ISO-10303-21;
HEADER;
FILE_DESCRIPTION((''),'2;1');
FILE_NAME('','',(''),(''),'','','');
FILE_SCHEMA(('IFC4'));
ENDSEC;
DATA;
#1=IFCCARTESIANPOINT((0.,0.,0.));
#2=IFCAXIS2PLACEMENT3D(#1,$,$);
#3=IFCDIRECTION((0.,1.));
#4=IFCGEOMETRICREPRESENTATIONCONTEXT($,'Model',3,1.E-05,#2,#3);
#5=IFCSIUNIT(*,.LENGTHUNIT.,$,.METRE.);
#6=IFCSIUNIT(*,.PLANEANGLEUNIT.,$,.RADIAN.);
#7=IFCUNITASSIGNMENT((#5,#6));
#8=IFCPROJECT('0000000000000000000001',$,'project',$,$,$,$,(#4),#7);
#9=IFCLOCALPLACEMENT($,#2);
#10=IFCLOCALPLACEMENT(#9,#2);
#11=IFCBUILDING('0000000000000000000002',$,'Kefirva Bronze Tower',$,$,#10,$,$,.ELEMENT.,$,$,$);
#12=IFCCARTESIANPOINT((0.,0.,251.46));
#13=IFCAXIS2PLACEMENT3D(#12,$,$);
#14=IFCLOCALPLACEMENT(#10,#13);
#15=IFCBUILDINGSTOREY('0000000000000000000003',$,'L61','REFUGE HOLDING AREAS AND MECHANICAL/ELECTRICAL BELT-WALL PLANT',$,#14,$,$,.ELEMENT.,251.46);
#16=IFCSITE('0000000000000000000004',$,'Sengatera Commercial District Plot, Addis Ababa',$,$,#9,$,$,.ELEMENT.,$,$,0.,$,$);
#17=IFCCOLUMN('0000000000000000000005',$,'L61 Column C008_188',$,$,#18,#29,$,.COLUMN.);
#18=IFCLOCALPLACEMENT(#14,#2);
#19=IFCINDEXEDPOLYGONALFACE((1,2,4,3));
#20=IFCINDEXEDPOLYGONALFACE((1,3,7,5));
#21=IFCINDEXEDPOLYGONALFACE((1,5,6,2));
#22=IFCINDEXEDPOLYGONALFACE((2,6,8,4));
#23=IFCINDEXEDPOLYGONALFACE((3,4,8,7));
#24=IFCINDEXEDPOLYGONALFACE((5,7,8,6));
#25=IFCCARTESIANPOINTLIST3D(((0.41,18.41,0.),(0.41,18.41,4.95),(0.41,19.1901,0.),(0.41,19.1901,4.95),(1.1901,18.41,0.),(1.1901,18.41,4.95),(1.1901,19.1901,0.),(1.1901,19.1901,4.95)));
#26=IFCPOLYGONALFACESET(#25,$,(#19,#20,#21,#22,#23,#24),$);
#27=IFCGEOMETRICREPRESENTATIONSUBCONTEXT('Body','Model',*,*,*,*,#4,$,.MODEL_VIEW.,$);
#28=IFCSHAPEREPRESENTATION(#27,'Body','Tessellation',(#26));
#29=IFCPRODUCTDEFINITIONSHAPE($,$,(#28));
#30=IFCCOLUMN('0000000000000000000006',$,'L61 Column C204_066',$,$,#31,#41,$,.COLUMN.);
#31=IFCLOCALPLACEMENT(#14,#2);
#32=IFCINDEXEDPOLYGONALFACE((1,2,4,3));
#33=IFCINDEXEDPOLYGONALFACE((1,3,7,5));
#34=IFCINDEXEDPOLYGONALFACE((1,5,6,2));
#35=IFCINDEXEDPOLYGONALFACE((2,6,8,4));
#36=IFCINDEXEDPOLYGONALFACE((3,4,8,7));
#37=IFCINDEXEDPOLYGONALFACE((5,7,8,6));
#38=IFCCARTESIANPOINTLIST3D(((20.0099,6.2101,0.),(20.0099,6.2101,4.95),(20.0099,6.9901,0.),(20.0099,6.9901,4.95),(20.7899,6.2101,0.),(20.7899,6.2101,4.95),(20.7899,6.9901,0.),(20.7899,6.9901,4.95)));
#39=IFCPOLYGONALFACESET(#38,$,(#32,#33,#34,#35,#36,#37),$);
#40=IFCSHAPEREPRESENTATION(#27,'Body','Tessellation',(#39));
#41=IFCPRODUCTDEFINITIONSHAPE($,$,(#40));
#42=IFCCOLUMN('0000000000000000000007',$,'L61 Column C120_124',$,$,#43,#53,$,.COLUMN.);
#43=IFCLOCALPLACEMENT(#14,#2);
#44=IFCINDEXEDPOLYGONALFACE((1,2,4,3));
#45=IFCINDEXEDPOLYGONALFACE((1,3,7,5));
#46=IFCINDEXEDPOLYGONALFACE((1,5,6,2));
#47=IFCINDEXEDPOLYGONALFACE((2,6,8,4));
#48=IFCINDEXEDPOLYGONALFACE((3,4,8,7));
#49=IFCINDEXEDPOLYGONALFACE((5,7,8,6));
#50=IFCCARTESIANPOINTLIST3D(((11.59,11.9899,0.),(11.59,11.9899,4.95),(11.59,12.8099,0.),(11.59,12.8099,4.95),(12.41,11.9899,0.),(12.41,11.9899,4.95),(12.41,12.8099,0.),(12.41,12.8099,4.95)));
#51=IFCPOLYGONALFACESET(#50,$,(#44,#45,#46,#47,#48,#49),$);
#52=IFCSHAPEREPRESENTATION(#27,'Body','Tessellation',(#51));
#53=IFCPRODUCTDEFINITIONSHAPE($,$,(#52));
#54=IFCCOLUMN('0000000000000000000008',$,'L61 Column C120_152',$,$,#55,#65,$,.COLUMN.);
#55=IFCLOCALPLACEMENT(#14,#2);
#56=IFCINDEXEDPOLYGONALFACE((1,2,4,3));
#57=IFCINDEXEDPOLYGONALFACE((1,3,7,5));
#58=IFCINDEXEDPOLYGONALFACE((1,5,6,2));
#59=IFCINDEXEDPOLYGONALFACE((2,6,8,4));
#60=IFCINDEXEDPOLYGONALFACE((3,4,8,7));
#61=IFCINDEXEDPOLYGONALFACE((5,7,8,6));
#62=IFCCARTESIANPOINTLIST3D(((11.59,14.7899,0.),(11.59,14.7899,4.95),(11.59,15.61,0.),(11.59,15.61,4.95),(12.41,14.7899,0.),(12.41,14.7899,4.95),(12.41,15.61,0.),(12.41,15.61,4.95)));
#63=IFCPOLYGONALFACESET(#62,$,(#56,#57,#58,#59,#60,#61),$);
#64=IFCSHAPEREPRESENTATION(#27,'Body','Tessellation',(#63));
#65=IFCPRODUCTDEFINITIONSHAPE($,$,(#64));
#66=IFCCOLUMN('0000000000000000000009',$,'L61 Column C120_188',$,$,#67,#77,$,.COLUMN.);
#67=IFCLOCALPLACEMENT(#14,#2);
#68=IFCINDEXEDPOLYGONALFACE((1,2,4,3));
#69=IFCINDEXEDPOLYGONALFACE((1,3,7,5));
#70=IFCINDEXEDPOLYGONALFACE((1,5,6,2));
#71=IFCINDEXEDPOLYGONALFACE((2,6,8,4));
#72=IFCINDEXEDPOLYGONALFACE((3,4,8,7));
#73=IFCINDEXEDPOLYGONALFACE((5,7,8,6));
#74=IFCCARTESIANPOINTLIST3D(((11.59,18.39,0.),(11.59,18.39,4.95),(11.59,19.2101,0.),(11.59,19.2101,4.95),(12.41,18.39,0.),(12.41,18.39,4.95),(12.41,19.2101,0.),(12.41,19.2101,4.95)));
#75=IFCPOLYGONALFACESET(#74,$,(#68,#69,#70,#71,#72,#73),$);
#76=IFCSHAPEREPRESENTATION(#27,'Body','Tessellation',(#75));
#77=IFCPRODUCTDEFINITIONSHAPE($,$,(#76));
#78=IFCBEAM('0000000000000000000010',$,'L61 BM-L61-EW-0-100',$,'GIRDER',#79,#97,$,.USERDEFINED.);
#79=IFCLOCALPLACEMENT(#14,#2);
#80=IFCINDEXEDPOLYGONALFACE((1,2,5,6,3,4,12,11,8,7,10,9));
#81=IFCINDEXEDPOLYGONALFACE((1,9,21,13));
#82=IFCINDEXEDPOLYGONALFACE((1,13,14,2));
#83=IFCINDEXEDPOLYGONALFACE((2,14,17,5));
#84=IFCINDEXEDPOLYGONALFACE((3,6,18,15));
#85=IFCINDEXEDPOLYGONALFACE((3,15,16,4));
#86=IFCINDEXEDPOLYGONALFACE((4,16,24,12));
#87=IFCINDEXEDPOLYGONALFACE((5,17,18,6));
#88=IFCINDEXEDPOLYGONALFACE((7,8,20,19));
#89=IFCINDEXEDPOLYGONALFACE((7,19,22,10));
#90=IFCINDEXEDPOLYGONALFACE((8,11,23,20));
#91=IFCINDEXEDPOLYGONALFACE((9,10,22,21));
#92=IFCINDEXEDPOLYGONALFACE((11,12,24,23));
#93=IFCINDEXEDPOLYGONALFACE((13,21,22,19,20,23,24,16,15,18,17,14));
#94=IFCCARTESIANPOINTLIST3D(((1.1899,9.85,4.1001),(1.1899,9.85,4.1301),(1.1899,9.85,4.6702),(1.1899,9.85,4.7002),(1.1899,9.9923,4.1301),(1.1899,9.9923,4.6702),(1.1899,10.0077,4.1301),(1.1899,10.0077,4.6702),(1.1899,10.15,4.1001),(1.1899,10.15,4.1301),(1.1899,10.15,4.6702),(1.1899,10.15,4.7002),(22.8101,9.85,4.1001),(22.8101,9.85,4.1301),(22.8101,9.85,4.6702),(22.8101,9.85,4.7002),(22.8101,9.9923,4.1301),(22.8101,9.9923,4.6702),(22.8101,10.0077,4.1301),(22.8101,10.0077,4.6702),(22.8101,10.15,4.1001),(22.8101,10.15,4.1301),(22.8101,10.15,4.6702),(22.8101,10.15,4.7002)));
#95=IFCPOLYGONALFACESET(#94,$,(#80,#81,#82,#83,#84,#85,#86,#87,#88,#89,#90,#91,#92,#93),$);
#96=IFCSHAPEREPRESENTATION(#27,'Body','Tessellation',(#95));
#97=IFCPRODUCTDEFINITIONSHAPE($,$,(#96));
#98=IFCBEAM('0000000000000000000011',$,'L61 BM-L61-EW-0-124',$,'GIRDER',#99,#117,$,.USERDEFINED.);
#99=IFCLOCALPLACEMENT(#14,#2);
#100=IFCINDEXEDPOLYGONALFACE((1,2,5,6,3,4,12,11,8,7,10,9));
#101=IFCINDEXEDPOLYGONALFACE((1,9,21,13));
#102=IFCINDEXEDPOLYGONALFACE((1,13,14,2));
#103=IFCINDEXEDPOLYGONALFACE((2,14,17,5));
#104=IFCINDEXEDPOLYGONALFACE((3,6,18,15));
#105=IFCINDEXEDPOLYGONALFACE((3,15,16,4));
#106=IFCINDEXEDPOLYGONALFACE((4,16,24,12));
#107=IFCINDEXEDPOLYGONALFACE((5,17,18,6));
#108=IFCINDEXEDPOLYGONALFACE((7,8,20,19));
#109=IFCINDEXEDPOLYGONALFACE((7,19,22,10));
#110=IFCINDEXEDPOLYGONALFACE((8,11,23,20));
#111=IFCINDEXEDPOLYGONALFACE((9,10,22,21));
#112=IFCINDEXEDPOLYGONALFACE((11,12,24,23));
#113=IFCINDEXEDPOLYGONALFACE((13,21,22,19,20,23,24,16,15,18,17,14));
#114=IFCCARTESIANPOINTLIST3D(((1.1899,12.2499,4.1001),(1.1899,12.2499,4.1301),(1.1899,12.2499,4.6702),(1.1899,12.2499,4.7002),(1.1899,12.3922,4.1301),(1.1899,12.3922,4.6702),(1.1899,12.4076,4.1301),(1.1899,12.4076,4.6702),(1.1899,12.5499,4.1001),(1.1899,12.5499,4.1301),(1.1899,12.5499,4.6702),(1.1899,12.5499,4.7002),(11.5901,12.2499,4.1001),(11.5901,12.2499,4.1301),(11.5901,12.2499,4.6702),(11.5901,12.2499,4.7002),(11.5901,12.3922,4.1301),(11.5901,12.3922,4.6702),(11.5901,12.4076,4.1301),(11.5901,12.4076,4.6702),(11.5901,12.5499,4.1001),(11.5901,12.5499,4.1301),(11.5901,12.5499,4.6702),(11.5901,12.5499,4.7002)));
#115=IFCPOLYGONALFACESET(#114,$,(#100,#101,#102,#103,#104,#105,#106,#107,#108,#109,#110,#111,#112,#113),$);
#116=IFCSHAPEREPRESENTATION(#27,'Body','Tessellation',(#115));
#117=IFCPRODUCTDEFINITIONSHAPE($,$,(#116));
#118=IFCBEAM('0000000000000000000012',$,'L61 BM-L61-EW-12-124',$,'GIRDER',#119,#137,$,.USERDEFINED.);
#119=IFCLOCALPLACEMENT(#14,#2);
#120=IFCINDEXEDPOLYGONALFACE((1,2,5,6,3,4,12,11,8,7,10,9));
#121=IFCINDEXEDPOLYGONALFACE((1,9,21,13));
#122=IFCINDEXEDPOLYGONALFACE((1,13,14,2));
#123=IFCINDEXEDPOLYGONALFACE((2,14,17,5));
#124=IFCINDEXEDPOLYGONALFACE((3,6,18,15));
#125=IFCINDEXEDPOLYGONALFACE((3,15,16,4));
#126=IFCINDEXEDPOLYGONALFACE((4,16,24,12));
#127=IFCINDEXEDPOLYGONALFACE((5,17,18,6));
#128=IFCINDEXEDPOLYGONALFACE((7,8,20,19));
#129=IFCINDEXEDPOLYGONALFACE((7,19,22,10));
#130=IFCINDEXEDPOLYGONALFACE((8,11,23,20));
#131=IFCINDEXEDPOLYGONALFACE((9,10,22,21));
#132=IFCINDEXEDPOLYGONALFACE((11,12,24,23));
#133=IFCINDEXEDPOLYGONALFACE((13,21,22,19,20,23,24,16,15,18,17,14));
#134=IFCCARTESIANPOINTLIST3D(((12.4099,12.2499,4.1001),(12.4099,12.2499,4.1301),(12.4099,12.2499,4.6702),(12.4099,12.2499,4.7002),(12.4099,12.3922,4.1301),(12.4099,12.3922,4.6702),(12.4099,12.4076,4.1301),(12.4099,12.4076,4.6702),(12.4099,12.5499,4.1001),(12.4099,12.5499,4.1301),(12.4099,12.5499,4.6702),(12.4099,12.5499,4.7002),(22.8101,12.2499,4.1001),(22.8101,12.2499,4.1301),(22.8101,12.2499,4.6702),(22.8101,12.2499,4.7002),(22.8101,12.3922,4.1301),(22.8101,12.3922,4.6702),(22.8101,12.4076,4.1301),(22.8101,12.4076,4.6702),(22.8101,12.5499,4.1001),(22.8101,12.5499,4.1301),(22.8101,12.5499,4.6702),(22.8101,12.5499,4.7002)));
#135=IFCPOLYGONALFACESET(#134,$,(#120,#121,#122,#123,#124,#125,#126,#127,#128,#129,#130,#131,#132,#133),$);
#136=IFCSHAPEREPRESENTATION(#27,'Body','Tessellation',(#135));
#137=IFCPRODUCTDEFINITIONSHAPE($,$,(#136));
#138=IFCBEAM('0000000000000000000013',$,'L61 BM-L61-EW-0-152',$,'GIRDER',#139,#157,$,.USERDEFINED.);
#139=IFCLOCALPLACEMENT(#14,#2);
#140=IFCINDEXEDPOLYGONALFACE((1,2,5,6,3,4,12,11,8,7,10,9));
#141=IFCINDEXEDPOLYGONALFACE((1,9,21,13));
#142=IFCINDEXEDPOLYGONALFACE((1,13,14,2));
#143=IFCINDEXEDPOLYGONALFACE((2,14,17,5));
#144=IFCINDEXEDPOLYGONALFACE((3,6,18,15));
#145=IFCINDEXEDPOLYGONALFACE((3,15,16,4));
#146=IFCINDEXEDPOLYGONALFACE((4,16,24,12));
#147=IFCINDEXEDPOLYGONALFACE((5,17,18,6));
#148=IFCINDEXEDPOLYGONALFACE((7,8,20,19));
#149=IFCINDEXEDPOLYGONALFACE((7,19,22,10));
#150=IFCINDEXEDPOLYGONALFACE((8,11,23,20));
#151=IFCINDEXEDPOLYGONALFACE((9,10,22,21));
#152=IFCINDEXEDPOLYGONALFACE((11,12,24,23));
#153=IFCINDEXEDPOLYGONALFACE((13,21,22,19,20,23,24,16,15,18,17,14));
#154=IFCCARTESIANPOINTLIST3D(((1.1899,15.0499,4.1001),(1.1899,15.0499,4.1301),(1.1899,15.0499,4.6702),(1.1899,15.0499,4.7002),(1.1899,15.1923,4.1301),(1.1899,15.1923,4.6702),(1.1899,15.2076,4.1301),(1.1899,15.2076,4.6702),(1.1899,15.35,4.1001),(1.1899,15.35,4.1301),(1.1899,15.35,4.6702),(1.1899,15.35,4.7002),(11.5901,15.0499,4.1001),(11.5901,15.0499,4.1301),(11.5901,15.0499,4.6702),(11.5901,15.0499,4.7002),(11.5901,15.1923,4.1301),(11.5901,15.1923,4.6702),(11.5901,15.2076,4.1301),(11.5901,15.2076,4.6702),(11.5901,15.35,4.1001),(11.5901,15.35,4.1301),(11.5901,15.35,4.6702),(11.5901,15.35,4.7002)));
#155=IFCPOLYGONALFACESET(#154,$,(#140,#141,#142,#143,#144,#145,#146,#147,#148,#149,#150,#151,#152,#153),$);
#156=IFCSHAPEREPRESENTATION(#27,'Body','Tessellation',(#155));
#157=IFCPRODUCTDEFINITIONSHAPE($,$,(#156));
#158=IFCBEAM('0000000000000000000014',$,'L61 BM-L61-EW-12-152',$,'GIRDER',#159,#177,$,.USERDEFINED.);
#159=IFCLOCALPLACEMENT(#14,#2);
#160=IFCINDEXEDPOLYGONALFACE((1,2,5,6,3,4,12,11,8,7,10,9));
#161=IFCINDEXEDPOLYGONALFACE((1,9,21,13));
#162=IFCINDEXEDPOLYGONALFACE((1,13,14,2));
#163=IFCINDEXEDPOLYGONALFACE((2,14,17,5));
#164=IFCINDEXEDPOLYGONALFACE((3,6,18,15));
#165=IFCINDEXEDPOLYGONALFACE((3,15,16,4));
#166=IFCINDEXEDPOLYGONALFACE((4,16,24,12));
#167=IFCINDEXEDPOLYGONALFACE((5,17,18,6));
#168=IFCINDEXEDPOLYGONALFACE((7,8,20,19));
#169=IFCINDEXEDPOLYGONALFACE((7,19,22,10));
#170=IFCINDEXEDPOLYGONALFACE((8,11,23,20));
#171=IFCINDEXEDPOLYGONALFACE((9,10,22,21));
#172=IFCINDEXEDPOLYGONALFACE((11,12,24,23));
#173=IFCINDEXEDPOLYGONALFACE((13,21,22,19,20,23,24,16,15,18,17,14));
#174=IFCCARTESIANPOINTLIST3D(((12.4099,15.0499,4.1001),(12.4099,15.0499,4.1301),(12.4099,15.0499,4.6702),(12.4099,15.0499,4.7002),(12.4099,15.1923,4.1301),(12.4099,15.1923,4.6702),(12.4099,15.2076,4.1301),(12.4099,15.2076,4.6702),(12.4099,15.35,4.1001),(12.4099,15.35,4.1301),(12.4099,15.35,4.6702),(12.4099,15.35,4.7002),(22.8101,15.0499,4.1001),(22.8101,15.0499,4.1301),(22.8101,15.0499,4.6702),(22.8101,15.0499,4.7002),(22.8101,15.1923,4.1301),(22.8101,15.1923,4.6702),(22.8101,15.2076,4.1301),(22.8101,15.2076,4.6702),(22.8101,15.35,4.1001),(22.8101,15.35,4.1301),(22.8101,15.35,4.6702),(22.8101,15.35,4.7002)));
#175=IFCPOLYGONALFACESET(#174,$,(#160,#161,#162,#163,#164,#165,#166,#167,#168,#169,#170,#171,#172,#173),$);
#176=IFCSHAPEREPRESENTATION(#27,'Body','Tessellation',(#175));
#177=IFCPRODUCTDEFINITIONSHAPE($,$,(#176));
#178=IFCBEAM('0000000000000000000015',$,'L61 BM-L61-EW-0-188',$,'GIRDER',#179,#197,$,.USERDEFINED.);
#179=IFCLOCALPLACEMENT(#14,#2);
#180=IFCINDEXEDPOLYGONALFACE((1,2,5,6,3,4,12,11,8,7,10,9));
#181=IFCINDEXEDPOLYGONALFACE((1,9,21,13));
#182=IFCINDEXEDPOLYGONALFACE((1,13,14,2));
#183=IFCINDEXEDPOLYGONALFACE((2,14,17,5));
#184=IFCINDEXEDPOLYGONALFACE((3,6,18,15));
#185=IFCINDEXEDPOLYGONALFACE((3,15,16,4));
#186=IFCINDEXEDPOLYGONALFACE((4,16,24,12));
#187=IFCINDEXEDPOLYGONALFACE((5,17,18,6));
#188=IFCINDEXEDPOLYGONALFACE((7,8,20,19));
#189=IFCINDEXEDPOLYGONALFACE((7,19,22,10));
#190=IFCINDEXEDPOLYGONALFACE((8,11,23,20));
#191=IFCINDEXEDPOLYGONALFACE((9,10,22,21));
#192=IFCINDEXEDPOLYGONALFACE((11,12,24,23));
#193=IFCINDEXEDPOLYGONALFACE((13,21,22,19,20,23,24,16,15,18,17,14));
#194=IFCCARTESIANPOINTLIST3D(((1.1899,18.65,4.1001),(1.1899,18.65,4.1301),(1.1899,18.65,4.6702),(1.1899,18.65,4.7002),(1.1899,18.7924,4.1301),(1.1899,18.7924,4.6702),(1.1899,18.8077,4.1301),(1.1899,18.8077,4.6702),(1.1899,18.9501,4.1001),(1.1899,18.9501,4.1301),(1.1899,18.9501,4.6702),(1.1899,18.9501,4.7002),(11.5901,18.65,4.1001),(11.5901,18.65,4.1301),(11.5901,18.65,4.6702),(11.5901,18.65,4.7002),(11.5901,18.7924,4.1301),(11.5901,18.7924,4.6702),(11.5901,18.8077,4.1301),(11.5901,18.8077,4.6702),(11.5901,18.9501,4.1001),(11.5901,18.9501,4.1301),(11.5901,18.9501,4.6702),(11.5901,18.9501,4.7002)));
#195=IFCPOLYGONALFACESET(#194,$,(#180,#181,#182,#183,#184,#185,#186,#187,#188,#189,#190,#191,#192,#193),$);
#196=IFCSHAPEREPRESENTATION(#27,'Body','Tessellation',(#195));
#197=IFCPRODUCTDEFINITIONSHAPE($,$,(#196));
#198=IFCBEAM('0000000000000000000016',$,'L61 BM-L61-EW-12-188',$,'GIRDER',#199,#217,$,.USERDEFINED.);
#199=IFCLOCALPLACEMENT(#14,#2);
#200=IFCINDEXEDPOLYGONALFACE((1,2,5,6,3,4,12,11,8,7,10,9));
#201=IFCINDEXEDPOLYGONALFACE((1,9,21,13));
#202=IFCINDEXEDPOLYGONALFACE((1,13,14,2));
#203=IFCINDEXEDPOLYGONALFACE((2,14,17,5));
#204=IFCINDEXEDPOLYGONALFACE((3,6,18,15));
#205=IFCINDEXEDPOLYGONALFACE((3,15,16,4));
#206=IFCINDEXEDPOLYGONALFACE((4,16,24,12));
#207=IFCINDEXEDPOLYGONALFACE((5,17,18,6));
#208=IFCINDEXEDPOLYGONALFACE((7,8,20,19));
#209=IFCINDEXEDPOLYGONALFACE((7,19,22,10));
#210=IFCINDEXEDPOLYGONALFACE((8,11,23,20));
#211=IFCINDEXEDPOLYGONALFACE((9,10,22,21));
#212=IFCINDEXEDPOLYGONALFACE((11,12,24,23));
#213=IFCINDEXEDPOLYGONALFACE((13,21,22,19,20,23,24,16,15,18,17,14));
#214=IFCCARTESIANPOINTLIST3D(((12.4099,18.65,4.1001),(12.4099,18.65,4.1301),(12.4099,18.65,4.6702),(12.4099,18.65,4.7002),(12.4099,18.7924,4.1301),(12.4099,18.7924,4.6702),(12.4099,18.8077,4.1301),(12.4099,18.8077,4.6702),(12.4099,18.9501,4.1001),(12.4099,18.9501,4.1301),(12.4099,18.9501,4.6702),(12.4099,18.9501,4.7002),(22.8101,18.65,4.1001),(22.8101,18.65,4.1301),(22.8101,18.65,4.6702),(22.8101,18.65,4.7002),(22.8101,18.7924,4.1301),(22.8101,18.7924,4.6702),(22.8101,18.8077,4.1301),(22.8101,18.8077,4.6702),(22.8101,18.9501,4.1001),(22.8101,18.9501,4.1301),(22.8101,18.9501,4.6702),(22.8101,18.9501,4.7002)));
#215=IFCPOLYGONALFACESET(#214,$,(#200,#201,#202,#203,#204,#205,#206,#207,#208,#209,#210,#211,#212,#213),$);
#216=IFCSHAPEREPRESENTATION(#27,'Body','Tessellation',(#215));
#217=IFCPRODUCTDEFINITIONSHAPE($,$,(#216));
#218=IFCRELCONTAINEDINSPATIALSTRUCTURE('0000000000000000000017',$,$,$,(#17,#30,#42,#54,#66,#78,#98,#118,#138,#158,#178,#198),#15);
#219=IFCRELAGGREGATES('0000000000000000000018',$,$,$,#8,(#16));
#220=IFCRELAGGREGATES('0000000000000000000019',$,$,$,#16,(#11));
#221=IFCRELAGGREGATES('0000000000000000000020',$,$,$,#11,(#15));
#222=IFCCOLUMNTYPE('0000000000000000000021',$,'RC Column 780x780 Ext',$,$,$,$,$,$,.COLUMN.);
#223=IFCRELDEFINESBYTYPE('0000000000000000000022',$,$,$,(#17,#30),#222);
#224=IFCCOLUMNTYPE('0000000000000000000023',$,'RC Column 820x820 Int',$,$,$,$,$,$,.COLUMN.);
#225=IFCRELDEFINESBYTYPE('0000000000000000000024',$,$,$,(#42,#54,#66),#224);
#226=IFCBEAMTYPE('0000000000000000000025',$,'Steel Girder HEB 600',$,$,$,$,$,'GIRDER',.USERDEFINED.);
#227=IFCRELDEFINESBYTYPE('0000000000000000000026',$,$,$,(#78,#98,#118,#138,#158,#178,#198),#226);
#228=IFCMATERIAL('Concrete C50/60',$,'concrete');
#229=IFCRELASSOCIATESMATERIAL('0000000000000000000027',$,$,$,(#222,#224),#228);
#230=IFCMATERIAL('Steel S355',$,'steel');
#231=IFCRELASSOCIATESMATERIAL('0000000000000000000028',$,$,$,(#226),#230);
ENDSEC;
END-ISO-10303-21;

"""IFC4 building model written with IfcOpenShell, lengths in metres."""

from ifc_helpers import new_model, si_unit, direction, frame, origin, origin_2d, place, context, subcontext, project, spatial, rectangle, i_section, extrude, material, material_profile, profile_set, type_object, element, save


model = new_model("IFC4")

# Units and contexts
model_context = context("Model", 3, precision=1e-05, world=origin(), true_north=direction((0.0, 1.0)))
body_context = subcontext(model_context, "Body", "Model", "MODEL_VIEW")
ifc_project = project(units=[si_unit("LENGTHUNIT", "METRE"), si_unit("PLANEANGLEUNIT", "RADIAN")], contexts=[model_context])

# Site, building, storey
site_placement = place(None, origin())
site = spatial("IfcSite", under=ifc_project, at=site_placement, Name="Sengatera Commercial District Plot, Addis Ababa", CompositionType="ELEMENT", RefElevation=0.0)
building_placement = place(site_placement, origin())
building = spatial("IfcBuilding", under=site, at=building_placement, Name="Kefirva Bronze Tower", CompositionType="ELEMENT")
storey_placement = place(building_placement, frame((0.0, 0.0, 251.46)))
storey = spatial("IfcBuildingStorey", under=building, at=storey_placement, Name="L61", Description="REFUGE HOLDING AREAS AND MECHANICAL/ELECTRICAL BELT-WALL PLANT", CompositionType="ELEMENT", Elevation=251.46)

# Columns
ifc_material_1 = material(Name="Concrete C50/60", Category="concrete")
ifc_material_profile_1 = material_profile(ifc_material_1, rectangle(XDim=0.78, YDim=0.78, at=origin_2d()), Name="RC 780x780")
ifc_profile_set_1 = profile_set([ifc_material_profile_1], Name="Concrete C50/60")
column_type_1 = type_object("IfcColumnType", Name="RC Column 780x780 Ext", PredefinedType="COLUMN", material=ifc_profile_set_1)
for number, where, z_axis, x_axis, name in (
    (1, (0.8, 18.8, 0.0), (0.0, 0.0, 1.0), (1.0, 0.0, 0.0), "L61 Column C008_188"),
    (2, (20.3999, 6.6001, 0.0), (0.0, 0.0, 1.0), (1.0, 0.0, 0.0), "L61 Column C204_066"),
):
    element("IfcColumn", number, at=place(storey_placement, frame(where, z_axis=z_axis, x_axis=x_axis)), inside=storey, type_object=column_type_1, Name=name, PredefinedType="COLUMN", context=body_context, shape_type="SweptSolid", body=[
        extrude(rectangle(XDim=0.78, YDim=0.78, at=origin_2d()), origin(), (0.0, 0.0, 1.0), 4.95),
    ])
ifc_material_profile_2 = material_profile(ifc_material_1, rectangle(XDim=0.8201, YDim=0.8201, at=origin_2d()), Name="RC 820x820")
ifc_profile_set_2 = profile_set([ifc_material_profile_2], Name="Concrete C50/60")
column_type_2 = type_object("IfcColumnType", Name="RC Column 820x820 Int", PredefinedType="COLUMN", material=ifc_profile_set_2)
for number, where, z_axis, x_axis, name in (
    (3, (12.0, 12.3999, 0.0), (0.0, 0.0, 1.0), (1.0, 0.0, 0.0), "L61 Column C120_124"),
    (4, (12.0, 15.2, 0.0), (0.0, 0.0, 1.0), (1.0, 0.0, 0.0), "L61 Column C120_152"),
    (5, (12.0, 18.8, 0.0), (0.0, 0.0, 1.0), (1.0, 0.0, 0.0), "L61 Column C120_188"),
):
    element("IfcColumn", number, at=place(storey_placement, frame(where, z_axis=z_axis, x_axis=x_axis)), inside=storey, type_object=column_type_2, Name=name, PredefinedType="COLUMN", context=body_context, shape_type="SweptSolid", body=[
        extrude(rectangle(XDim=0.8201, YDim=0.8201, at=origin_2d()), origin(), (0.0, 0.0, 1.0), 4.95),
    ])

# Beams
ifc_material_2 = material(Name="Steel S355", Category="steel")
ifc_material_profile_3 = material_profile(ifc_material_2, i_section(OverallWidth=0.3, OverallDepth=0.6001, WebThickness=0.0154, FlangeThickness=0.03, at=origin_2d()), Name="HEB 600")
ifc_profile_set_3 = profile_set([ifc_material_profile_3], Name="Steel S355")
beam_type_1 = type_object("IfcBeamType", Name="Steel Girder HEB 600", ElementType="GIRDER", PredefinedType="USERDEFINED", material=ifc_profile_set_3)
beam_1_placement = place(storey_placement, frame((1.1899, 10.0, 4.4001), z_axis=(1.0, 0.0, 0.0), x_axis=(0.0, 1.0, 0.0)))
element("IfcBeam", 6, at=beam_1_placement, inside=storey, type_object=beam_type_1, Name="L61 BM-L61-EW-0-100", ObjectType="GIRDER", PredefinedType="USERDEFINED", context=body_context, shape_type="SweptSolid", body=[
    extrude(i_section(OverallWidth=0.3, OverallDepth=0.6001, WebThickness=0.0154, FlangeThickness=0.03, at=origin_2d()), origin(), (0.0, 0.0, 1.0), 21.6201),
])
for number, where, z_axis, x_axis, name in (
    (7, (1.1899, 12.3999, 4.4001), (1.0, 0.0, 0.0), (0.0, 1.0, 0.0), "L61 BM-L61-EW-0-124"),
    (8, (12.4099, 12.3999, 4.4001), (1.0, 0.0, 0.0), (0.0, 1.0, 0.0), "L61 BM-L61-EW-12-124"),
    (9, (1.1899, 15.2, 4.4001), (1.0, 0.0, 0.0), (0.0, 1.0, 0.0), "L61 BM-L61-EW-0-152"),
    (10, (12.4099, 15.2, 4.4001), (1.0, 0.0, 0.0), (0.0, 1.0, 0.0), "L61 BM-L61-EW-12-152"),
    (11, (1.1899, 18.8, 4.4001), (1.0, 0.0, 0.0), (0.0, 1.0, 0.0), "L61 BM-L61-EW-0-188"),
    (12, (12.4099, 18.8, 4.4001), (1.0, 0.0, 0.0), (0.0, 1.0, 0.0), "L61 BM-L61-EW-12-188"),
):
    element("IfcBeam", number, at=place(storey_placement, frame(where, z_axis=z_axis, x_axis=x_axis)), inside=storey, type_object=beam_type_1, Name=name, ObjectType="GIRDER", PredefinedType="USERDEFINED", context=body_context, shape_type="SweptSolid", body=[
        extrude(i_section(OverallWidth=0.3, OverallDepth=0.6001, WebThickness=0.0154, FlangeThickness=0.03, at=origin_2d()), origin(), (0.0, 0.0, 1.0), 10.4001),
    ])

save(model, "model.ifc")
